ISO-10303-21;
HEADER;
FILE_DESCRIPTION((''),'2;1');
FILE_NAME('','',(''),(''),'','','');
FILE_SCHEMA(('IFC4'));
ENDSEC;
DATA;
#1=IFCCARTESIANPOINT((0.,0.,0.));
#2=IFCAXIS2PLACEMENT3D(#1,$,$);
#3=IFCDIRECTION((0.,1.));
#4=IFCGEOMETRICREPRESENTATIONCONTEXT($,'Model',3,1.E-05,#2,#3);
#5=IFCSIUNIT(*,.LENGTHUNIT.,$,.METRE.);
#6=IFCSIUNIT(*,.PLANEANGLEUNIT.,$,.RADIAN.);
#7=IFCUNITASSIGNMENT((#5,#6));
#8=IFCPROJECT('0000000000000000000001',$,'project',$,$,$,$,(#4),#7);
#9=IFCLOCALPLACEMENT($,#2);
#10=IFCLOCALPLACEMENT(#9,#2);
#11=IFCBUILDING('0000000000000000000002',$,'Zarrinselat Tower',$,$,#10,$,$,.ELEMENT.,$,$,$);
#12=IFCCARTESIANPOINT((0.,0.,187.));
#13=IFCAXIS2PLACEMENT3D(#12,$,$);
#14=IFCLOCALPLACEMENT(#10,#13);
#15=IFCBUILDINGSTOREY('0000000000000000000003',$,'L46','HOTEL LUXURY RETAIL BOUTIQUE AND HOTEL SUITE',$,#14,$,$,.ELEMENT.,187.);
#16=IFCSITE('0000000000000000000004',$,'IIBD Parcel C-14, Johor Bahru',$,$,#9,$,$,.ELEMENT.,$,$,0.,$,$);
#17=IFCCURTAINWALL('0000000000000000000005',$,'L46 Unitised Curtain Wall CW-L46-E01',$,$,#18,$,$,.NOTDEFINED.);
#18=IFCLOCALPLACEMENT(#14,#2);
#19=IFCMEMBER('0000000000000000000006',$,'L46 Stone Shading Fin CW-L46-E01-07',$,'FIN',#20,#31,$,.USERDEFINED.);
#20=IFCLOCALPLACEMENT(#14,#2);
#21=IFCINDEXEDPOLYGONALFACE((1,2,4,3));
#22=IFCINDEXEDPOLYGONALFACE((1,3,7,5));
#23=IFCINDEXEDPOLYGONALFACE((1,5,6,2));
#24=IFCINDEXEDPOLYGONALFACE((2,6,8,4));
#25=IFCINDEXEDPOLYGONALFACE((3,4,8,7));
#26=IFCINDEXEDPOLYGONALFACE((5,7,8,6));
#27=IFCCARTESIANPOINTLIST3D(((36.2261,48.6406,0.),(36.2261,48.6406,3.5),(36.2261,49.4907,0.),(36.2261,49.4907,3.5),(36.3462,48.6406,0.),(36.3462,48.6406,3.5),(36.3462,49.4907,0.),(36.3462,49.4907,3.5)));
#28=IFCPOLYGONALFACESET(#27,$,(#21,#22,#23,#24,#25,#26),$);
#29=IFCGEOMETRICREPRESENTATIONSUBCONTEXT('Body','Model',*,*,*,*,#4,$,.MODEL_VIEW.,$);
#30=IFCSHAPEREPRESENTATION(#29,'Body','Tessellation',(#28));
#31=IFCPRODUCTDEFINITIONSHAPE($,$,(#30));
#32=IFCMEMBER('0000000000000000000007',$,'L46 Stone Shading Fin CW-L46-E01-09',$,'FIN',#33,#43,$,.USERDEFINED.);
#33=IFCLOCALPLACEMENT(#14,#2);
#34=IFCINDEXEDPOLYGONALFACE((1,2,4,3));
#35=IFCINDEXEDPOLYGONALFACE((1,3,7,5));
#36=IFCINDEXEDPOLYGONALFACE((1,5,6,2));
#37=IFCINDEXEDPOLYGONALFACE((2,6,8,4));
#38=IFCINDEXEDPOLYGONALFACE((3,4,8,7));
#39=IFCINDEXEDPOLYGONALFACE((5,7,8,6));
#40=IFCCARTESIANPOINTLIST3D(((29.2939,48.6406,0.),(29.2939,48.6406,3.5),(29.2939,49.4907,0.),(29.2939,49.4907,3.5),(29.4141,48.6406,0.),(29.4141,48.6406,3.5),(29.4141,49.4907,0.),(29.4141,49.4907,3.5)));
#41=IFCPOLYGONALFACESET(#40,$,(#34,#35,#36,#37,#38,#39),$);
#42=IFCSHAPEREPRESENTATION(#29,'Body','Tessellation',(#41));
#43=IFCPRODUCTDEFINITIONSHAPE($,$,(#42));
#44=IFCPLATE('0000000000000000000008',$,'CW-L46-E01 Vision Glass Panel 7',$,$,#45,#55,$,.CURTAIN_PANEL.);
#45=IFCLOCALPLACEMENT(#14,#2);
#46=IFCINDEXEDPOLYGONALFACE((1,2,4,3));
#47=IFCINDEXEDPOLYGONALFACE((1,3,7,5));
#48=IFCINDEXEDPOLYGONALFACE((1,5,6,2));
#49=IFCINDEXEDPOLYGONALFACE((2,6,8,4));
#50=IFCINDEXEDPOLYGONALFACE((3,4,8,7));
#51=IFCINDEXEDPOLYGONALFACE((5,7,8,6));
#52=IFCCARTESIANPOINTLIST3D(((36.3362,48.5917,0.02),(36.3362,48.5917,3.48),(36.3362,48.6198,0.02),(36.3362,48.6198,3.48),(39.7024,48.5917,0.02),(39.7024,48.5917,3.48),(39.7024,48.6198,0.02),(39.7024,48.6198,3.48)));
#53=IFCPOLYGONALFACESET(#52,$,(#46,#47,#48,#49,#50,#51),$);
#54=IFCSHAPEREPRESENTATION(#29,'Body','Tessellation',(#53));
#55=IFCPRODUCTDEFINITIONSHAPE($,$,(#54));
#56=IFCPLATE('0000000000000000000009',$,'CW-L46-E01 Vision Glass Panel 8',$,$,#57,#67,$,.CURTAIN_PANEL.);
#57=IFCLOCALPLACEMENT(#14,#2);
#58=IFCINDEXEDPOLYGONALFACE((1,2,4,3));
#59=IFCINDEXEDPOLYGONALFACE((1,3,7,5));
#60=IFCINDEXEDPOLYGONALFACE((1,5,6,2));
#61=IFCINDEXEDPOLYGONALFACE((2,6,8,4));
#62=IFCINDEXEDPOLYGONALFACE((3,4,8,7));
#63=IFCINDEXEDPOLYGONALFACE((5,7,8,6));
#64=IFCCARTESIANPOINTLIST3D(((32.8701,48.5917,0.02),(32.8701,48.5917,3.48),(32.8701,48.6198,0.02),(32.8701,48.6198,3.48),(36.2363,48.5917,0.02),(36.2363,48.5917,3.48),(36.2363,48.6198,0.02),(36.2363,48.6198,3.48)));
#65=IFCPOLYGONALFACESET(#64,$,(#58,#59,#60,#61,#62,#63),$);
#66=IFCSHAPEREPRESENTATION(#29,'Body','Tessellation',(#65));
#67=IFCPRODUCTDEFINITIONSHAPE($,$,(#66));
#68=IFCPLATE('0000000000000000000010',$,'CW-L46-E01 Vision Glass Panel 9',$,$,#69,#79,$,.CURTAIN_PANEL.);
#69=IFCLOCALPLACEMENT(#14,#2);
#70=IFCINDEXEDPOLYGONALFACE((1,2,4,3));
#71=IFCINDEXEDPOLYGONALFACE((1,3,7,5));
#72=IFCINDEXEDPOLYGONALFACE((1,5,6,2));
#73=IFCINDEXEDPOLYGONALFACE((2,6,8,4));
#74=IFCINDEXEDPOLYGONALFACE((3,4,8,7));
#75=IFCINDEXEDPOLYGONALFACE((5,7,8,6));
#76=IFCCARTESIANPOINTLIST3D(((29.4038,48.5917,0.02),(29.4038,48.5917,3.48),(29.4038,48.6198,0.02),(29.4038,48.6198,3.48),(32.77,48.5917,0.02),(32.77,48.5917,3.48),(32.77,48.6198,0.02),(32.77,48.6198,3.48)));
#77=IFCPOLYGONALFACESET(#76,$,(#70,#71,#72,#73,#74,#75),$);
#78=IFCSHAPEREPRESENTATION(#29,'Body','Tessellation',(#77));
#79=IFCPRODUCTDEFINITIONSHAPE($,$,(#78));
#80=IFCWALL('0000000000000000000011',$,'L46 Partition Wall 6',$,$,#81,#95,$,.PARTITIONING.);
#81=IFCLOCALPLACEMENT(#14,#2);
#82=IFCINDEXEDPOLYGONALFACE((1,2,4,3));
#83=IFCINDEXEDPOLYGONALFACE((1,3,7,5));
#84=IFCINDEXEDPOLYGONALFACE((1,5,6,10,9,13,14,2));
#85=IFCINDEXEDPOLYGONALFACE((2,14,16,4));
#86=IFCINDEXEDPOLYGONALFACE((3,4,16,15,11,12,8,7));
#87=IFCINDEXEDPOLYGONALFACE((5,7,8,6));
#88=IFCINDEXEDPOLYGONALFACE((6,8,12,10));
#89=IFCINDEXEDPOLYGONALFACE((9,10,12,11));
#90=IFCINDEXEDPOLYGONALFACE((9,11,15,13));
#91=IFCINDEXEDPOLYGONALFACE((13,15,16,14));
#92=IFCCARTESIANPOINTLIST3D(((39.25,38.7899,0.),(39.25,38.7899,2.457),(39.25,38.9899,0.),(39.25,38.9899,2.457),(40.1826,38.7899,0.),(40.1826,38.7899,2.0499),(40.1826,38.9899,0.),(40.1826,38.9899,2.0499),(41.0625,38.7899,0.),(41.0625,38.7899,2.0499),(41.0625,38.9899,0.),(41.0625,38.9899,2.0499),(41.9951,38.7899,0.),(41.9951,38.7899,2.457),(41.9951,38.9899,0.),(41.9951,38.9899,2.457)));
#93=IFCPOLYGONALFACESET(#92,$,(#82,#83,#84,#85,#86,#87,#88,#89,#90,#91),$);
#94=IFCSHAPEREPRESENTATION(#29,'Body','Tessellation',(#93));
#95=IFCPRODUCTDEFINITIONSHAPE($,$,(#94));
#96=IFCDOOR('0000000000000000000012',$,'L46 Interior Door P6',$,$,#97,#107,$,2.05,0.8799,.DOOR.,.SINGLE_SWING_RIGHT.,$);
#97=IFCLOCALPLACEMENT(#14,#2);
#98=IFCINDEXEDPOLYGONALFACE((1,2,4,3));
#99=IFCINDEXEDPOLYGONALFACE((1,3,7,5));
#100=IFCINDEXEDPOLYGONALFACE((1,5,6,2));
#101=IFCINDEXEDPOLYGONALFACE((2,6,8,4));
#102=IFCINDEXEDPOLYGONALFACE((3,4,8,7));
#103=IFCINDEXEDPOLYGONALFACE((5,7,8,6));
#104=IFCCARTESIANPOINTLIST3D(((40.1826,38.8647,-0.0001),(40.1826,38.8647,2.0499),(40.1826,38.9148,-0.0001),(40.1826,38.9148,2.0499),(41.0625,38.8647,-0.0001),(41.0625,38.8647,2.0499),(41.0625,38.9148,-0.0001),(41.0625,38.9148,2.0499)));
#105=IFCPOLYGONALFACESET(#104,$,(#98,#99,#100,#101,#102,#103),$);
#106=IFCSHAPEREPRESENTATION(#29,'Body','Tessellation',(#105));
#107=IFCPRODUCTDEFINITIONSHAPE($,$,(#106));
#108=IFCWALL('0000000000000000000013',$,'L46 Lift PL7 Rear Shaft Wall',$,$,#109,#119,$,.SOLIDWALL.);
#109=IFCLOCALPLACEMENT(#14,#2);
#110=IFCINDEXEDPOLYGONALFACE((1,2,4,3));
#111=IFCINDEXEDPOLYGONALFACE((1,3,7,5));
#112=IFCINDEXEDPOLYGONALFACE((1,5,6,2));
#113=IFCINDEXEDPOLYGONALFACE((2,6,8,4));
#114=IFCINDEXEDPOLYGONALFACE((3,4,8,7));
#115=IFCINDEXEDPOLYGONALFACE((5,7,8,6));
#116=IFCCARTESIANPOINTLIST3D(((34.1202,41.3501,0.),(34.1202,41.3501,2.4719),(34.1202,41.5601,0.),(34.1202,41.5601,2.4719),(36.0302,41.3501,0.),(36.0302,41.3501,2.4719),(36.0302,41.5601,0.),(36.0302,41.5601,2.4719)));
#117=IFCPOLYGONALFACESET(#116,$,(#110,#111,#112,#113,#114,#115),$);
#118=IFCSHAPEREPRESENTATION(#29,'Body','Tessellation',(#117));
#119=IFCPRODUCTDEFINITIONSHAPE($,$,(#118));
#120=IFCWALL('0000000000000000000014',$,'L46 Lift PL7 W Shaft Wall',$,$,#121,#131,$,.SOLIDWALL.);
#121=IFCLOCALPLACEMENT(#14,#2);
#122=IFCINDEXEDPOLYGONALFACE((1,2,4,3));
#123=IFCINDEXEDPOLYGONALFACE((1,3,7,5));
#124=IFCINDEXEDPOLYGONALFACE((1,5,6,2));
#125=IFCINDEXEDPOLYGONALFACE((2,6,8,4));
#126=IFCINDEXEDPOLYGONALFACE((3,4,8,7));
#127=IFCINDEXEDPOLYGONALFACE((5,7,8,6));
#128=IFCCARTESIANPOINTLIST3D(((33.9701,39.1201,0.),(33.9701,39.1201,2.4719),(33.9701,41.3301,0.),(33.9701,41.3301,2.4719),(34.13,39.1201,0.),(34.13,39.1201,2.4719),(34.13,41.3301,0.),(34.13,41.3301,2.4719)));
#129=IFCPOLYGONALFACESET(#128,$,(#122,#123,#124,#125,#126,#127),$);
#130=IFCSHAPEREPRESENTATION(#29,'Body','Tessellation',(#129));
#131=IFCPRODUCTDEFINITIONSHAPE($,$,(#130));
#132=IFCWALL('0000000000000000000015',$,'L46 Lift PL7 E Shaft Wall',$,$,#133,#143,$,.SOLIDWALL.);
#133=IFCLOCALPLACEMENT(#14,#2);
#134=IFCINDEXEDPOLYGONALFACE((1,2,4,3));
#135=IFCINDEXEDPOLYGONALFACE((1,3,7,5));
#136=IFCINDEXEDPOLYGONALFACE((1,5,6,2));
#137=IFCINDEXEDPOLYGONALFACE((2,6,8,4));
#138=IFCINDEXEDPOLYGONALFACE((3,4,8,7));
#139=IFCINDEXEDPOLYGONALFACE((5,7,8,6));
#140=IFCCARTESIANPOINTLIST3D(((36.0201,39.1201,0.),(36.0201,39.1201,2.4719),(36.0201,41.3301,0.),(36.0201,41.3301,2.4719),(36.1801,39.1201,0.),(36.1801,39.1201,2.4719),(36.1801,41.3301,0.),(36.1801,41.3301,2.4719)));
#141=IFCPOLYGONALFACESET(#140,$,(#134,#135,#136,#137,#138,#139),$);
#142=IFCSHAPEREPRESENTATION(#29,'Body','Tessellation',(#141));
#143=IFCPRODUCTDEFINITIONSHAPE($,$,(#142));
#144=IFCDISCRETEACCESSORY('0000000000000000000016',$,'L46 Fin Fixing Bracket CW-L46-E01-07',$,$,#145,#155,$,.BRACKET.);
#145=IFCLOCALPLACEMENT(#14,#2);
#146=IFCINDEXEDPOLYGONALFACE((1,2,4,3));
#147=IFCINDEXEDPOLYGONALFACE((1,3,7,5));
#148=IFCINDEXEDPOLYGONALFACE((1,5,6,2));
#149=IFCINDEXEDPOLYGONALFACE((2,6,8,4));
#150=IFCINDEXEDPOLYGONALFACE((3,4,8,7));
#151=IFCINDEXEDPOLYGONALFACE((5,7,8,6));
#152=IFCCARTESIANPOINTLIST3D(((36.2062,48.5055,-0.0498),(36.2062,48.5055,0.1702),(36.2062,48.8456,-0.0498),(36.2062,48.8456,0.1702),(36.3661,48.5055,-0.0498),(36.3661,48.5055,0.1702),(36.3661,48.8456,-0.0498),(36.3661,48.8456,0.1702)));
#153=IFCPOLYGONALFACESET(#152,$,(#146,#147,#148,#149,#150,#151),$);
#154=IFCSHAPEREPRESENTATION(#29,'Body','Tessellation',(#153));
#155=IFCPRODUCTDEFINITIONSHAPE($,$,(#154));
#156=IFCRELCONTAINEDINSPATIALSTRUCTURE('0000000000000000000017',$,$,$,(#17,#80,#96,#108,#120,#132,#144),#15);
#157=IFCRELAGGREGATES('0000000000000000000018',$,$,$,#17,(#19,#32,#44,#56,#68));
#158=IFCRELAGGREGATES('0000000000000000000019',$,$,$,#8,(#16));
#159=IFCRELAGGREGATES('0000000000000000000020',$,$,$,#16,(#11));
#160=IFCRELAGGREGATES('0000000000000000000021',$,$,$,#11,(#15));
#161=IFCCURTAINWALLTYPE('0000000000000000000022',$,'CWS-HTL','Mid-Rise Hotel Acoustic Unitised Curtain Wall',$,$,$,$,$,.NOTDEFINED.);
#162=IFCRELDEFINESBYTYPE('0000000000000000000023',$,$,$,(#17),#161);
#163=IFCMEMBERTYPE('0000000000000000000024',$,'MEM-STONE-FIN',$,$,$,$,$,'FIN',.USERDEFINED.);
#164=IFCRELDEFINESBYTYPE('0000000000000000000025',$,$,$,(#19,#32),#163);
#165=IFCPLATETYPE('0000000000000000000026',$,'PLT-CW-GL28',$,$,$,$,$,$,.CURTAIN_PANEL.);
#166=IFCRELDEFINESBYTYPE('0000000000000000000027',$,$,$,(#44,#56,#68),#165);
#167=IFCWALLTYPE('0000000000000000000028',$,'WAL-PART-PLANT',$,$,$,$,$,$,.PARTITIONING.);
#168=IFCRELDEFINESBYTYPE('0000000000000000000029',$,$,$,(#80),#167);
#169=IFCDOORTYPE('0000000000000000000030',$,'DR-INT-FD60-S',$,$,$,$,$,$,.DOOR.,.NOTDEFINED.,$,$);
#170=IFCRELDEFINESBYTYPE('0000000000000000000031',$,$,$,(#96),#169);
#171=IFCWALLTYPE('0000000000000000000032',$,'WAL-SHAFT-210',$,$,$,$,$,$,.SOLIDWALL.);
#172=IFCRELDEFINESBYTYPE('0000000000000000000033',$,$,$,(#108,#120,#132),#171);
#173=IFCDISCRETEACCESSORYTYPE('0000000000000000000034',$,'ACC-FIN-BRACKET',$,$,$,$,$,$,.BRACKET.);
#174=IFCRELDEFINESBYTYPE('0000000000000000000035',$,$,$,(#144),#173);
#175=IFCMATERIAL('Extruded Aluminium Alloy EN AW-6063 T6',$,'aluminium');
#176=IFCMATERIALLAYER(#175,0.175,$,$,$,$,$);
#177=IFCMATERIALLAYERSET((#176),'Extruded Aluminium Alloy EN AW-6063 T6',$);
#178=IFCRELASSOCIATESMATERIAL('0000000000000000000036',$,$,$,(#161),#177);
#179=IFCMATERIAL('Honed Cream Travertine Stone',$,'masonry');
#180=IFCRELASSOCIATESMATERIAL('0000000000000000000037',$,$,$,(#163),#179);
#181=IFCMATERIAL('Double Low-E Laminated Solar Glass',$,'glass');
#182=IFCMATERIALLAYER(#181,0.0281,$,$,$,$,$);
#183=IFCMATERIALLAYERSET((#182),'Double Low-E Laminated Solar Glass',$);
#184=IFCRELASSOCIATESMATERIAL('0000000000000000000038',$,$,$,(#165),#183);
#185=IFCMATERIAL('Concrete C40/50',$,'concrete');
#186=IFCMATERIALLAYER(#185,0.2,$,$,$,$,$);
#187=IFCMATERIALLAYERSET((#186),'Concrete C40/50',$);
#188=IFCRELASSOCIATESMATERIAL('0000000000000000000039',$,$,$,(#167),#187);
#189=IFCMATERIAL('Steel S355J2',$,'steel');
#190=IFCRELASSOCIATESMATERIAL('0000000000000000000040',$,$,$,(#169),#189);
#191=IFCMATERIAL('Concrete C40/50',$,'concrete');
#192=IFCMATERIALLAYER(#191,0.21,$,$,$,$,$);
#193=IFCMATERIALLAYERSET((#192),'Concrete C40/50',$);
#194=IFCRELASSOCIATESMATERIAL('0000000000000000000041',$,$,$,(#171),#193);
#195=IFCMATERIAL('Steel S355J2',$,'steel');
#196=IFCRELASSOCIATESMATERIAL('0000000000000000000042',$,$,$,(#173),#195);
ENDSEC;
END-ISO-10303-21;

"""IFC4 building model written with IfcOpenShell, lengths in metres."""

from ifc_helpers import new_model, si_unit, direction, frame, frame_2d, origin, origin_2d, place, context, subcontext, project, spatial, rectangle, extrude, material, layer, layer_set, material_profile, profile_set, type_object, element, fill, aggregate, save


model = new_model("IFC4")

# Units and contexts
model_context = context("Model", 3, precision=1e-05, world=origin(), true_north=direction((0.0, 1.0)))
body_context = subcontext(model_context, "Body", "Model", "MODEL_VIEW")
ifc_project = project(units=[si_unit("LENGTHUNIT", "METRE"), si_unit("PLANEANGLEUNIT", "RADIAN")], contexts=[model_context])

# Site, building, storey
site_placement = place(None, origin())
site = spatial("IfcSite", under=ifc_project, at=site_placement, Name="IIBD Parcel C-14, Johor Bahru", CompositionType="ELEMENT", RefElevation=0.0)
building_placement = place(site_placement, origin())
building = spatial("IfcBuilding", under=site, at=building_placement, Name="Zarrinselat Tower", CompositionType="ELEMENT")
storey_placement = place(building_placement, frame((0.0, 0.0, 187.0)))
storey = spatial("IfcBuildingStorey", under=building, at=storey_placement, Name="L46", Description="HOTEL LUXURY RETAIL BOUTIQUE AND HOTEL SUITE", CompositionType="ELEMENT", Elevation=187.0)

# Curtain wall, members, plates
ifc_material_1 = material(Name="Extruded Aluminium Alloy EN AW-6063 T6", Category="aluminium")
ifc_layer_1 = layer(ifc_material_1, 0.175)
ifc_layer_set_1 = layer_set([ifc_layer_1], Name="Extruded Aluminium Alloy EN AW-6063 T6")
curtain_wall_type = type_object("IfcCurtainWallType", Name="CWS-HTL", Description="Mid-Rise Hotel Acoustic Unitised Curtain Wall", PredefinedType="NOTDEFINED", material=ifc_layer_set_1)
curtain_wall_placement = place(storey_placement, origin())
curtain_wall = element("IfcCurtainWall", 1, at=curtain_wall_placement, inside=storey, type_object=curtain_wall_type, Name="L46 Unitised Curtain Wall CW-L46-E01", PredefinedType="NOTDEFINED")
ifc_material_2 = material(Name="Honed Cream Travertine Stone", Category="masonry")
ifc_material_profile_1 = material_profile(ifc_material_2, rectangle(XDim=0.1201, YDim=0.8501, at=origin_2d()), Name="FIN 850x120")
ifc_profile_set_1 = profile_set([ifc_material_profile_1], Name="Honed Cream Travertine Stone")
member_type_1 = type_object("IfcMemberType", Name="MEM-STONE-FIN", ElementType="FIN", PredefinedType="USERDEFINED", material=ifc_profile_set_1)
member_1_placement = place(storey_placement, frame((36.2861, 49.0657, 0.0), z_axis=(0.0, 0.0, 1.0), x_axis=(1.0, 0.0, 0.0)))
member_1 = element("IfcMember", 2, at=member_1_placement, type_object=member_type_1, Name="L46 Stone Shading Fin CW-L46-E01-07", ObjectType="FIN", PredefinedType="USERDEFINED", context=body_context, shape_type="SweptSolid", body=[
    extrude(rectangle(XDim=0.1201, YDim=0.8501, at=origin_2d()), origin(), (0.0, 0.0, 1.0), 3.5),
])
member_2_placement = place(storey_placement, frame((29.354, 49.0657, 0.0), z_axis=(0.0, 0.0, 1.0), x_axis=(1.0, 0.0, 0.0)))
member_2 = element("IfcMember", 3, at=member_2_placement, type_object=member_type_1, Name="L46 Stone Shading Fin CW-L46-E01-09", ObjectType="FIN", PredefinedType="USERDEFINED", context=body_context, shape_type="SweptSolid", body=[
    extrude(rectangle(XDim=0.1201, YDim=0.8501, at=origin_2d()), origin(), (0.0, 0.0, 1.0), 3.5),
])
ifc_material_3 = material(Name="Double Low-E Laminated Solar Glass", Category="glass")
ifc_layer_2 = layer(ifc_material_3, 0.0281)
ifc_layer_set_2 = layer_set([ifc_layer_2], Name="Double Low-E Laminated Solar Glass")
plate_type = type_object("IfcPlateType", Name="PLT-CW-GL28", PredefinedType="CURTAIN_PANEL", material=ifc_layer_set_2)
plate_1_placement = place(storey_placement, frame((38.0193, 48.6057, 0.02), z_axis=(0.0, 0.0, 1.0), x_axis=(-1.0, 0.0, 0.0)))
plate_1 = element("IfcPlate", 4, at=plate_1_placement, type_object=plate_type, Name="CW-L46-E01 Vision Glass Panel 7", PredefinedType="CURTAIN_PANEL", context=body_context, shape_type="SweptSolid", body=[
    extrude(rectangle(XDim=3.3662, YDim=0.0281, at=origin_2d()), origin(), (0.0, 0.0, 1.0), 3.46),
])
plate_2_placement = place(storey_placement, frame((34.5532, 48.6057, 0.02), z_axis=(0.0, 0.0, 1.0), x_axis=(-1.0, 0.0, 0.0)))
plate_2 = element("IfcPlate", 5, at=plate_2_placement, type_object=plate_type, Name="CW-L46-E01 Vision Glass Panel 8", PredefinedType="CURTAIN_PANEL", context=body_context, shape_type="SweptSolid", body=[
    extrude(rectangle(XDim=3.3662, YDim=0.0281, at=origin_2d()), origin(), (0.0, 0.0, 1.0), 3.46),
])
plate_3_placement = place(storey_placement, frame((31.0869, 48.6057, 0.02), z_axis=(0.0, 0.0, 1.0), x_axis=(-1.0, 0.0, 0.0)))
plate_3 = element("IfcPlate", 6, at=plate_3_placement, type_object=plate_type, Name="CW-L46-E01 Vision Glass Panel 9", PredefinedType="CURTAIN_PANEL", context=body_context, shape_type="SweptSolid", body=[
    extrude(rectangle(XDim=3.3662, YDim=0.0281, at=origin_2d()), origin(), (0.0, 0.0, 1.0), 3.46),
])
aggregate(curtain_wall, [member_1, member_2, plate_1, plate_2, plate_3])

# Wall, opening, door
ifc_material_4 = material(Name="Concrete C40/50", Category="concrete")
ifc_layer_3 = layer(ifc_material_4, 0.2)
ifc_layer_set_3 = layer_set([ifc_layer_3], Name="Concrete C40/50")
wall_type_1 = type_object("IfcWallType", Name="WAL-PART-PLANT", PredefinedType="PARTITIONING", material=ifc_layer_set_3)
wall_1_placement = place(storey_placement, frame((39.25, 38.8899, 0.0), z_axis=(0.0, 0.0, 1.0), x_axis=(1.0, 0.0, 0.0)))
wall_1 = element("IfcWall", 7, at=wall_1_placement, inside=storey, type_object=wall_type_1, Name="L46 Partition Wall 6", PredefinedType="PARTITIONING", context=body_context, shape_type="SweptSolid", body=[
    extrude(rectangle(XDim=2.7451, YDim=0.2, at=frame_2d((1.3726, 0.0))), origin(), (0.0, 0.0, 1.0), 2.457),
])
opening_placement = place(wall_1_placement, frame((0.9326, 0.0, 0.0)))
opening = element("IfcOpeningElement", 8, at=opening_placement, cuts=wall_1, PredefinedType="OPENING", context=body_context, shape_type="SweptSolid", body=[
    extrude(rectangle(XDim=0.8799, YDim=2.05, at=frame_2d((0.4399, 1.0249))), frame((0.0, 0.1099, 0.0), z_axis=(0.0, -1.0, 0.0), x_axis=(1.0, 0.0, 0.0)), (0.0, 0.0, 1.0), 0.22),
])
ifc_material_5 = material(Name="Steel S355J2", Category="steel")
door_type = type_object("IfcDoorType", Name="DR-INT-FD60-S", OperationType="NOTDEFINED", PredefinedType="DOOR", material=ifc_material_5)
door_placement = place(opening_placement, origin())
door = element("IfcDoor", 9, at=door_placement, inside=storey, type_object=door_type, Name="L46 Interior Door P6", OperationType="SINGLE_SWING_RIGHT", OverallHeight=2.05, OverallWidth=0.8799, PredefinedType="DOOR", context=body_context, shape_type="SweptSolid", body=[
    extrude(rectangle(XDim=0.8799, YDim=2.05, at=frame_2d((0.4399, 1.0249))), frame((0.0, 0.0249, 0.0), z_axis=(0.0, -1.0, 0.0), x_axis=(1.0, 0.0, 0.0)), (0.0, 0.0, 1.0), 0.05),
])
fill(opening, door)

# Walls
ifc_material_6 = material(Name="Concrete C40/50", Category="concrete")
ifc_layer_4 = layer(ifc_material_6, 0.21)
ifc_layer_set_4 = layer_set([ifc_layer_4], Name="Concrete C40/50")
wall_type_2 = type_object("IfcWallType", Name="WAL-SHAFT-210", PredefinedType="SOLIDWALL", material=ifc_layer_set_4)
wall_2_placement = place(storey_placement, frame((34.1201, 41.4551, 0.0), z_axis=(0.0, 0.0, 1.0), x_axis=(1.0, 0.0, 0.0)))
element("IfcWall", 10, at=wall_2_placement, inside=storey, type_object=wall_type_2, Name="L46 Lift PL7 Rear Shaft Wall", PredefinedType="SOLIDWALL", context=body_context, shape_type="SweptSolid", body=[
    extrude(rectangle(XDim=1.9099, YDim=0.21, at=frame_2d((0.9551, 0.0))), origin(), (0.0, 0.0, 1.0), 2.4719),
])
for number, where, z_axis, x_axis, name in (
    (11, (34.05, 39.1201, 0.0), (0.0, 0.0, 1.0), (0.0, 1.0, 0.0), "L46 Lift PL7 W Shaft Wall"),
    (12, (36.1001, 39.1201, 0.0), (0.0, 0.0, 1.0), (0.0, 1.0, 0.0), "L46 Lift PL7 E Shaft Wall"),
):
    element("IfcWall", number, at=place(storey_placement, frame(where, z_axis=z_axis, x_axis=x_axis)), inside=storey, type_object=wall_type_2, Name=name, PredefinedType="SOLIDWALL", context=body_context, shape_type="SweptSolid", body=[
        extrude(rectangle(XDim=2.21, YDim=0.1599, at=frame_2d((1.105, 0.0))), origin(), (0.0, 0.0, 1.0), 2.4719),
    ])

# Discrete accessory
ifc_material_7 = material(Name="Steel S355J2", Category="steel")
discrete_accessory_type = type_object("IfcDiscreteAccessoryType", Name="ACC-FIN-BRACKET", PredefinedType="BRACKET", material=ifc_material_7)
discrete_accessory_placement = place(storey_placement, frame((36.2861, 48.6755, -0.0498), z_axis=(0.0, 0.0, 1.0), x_axis=(0.0, 1.0, 0.0)))
element("IfcDiscreteAccessory", 13, at=discrete_accessory_placement, inside=storey, type_object=discrete_accessory_type, Name="L46 Fin Fixing Bracket CW-L46-E01-07", PredefinedType="BRACKET", context=body_context, shape_type="SweptSolid", body=[
    extrude(rectangle(XDim=0.3401, YDim=0.1599, at=origin_2d()), origin(), (0.0, 0.0, 1.0), 0.22),
])

save(model, "model.ifc")
